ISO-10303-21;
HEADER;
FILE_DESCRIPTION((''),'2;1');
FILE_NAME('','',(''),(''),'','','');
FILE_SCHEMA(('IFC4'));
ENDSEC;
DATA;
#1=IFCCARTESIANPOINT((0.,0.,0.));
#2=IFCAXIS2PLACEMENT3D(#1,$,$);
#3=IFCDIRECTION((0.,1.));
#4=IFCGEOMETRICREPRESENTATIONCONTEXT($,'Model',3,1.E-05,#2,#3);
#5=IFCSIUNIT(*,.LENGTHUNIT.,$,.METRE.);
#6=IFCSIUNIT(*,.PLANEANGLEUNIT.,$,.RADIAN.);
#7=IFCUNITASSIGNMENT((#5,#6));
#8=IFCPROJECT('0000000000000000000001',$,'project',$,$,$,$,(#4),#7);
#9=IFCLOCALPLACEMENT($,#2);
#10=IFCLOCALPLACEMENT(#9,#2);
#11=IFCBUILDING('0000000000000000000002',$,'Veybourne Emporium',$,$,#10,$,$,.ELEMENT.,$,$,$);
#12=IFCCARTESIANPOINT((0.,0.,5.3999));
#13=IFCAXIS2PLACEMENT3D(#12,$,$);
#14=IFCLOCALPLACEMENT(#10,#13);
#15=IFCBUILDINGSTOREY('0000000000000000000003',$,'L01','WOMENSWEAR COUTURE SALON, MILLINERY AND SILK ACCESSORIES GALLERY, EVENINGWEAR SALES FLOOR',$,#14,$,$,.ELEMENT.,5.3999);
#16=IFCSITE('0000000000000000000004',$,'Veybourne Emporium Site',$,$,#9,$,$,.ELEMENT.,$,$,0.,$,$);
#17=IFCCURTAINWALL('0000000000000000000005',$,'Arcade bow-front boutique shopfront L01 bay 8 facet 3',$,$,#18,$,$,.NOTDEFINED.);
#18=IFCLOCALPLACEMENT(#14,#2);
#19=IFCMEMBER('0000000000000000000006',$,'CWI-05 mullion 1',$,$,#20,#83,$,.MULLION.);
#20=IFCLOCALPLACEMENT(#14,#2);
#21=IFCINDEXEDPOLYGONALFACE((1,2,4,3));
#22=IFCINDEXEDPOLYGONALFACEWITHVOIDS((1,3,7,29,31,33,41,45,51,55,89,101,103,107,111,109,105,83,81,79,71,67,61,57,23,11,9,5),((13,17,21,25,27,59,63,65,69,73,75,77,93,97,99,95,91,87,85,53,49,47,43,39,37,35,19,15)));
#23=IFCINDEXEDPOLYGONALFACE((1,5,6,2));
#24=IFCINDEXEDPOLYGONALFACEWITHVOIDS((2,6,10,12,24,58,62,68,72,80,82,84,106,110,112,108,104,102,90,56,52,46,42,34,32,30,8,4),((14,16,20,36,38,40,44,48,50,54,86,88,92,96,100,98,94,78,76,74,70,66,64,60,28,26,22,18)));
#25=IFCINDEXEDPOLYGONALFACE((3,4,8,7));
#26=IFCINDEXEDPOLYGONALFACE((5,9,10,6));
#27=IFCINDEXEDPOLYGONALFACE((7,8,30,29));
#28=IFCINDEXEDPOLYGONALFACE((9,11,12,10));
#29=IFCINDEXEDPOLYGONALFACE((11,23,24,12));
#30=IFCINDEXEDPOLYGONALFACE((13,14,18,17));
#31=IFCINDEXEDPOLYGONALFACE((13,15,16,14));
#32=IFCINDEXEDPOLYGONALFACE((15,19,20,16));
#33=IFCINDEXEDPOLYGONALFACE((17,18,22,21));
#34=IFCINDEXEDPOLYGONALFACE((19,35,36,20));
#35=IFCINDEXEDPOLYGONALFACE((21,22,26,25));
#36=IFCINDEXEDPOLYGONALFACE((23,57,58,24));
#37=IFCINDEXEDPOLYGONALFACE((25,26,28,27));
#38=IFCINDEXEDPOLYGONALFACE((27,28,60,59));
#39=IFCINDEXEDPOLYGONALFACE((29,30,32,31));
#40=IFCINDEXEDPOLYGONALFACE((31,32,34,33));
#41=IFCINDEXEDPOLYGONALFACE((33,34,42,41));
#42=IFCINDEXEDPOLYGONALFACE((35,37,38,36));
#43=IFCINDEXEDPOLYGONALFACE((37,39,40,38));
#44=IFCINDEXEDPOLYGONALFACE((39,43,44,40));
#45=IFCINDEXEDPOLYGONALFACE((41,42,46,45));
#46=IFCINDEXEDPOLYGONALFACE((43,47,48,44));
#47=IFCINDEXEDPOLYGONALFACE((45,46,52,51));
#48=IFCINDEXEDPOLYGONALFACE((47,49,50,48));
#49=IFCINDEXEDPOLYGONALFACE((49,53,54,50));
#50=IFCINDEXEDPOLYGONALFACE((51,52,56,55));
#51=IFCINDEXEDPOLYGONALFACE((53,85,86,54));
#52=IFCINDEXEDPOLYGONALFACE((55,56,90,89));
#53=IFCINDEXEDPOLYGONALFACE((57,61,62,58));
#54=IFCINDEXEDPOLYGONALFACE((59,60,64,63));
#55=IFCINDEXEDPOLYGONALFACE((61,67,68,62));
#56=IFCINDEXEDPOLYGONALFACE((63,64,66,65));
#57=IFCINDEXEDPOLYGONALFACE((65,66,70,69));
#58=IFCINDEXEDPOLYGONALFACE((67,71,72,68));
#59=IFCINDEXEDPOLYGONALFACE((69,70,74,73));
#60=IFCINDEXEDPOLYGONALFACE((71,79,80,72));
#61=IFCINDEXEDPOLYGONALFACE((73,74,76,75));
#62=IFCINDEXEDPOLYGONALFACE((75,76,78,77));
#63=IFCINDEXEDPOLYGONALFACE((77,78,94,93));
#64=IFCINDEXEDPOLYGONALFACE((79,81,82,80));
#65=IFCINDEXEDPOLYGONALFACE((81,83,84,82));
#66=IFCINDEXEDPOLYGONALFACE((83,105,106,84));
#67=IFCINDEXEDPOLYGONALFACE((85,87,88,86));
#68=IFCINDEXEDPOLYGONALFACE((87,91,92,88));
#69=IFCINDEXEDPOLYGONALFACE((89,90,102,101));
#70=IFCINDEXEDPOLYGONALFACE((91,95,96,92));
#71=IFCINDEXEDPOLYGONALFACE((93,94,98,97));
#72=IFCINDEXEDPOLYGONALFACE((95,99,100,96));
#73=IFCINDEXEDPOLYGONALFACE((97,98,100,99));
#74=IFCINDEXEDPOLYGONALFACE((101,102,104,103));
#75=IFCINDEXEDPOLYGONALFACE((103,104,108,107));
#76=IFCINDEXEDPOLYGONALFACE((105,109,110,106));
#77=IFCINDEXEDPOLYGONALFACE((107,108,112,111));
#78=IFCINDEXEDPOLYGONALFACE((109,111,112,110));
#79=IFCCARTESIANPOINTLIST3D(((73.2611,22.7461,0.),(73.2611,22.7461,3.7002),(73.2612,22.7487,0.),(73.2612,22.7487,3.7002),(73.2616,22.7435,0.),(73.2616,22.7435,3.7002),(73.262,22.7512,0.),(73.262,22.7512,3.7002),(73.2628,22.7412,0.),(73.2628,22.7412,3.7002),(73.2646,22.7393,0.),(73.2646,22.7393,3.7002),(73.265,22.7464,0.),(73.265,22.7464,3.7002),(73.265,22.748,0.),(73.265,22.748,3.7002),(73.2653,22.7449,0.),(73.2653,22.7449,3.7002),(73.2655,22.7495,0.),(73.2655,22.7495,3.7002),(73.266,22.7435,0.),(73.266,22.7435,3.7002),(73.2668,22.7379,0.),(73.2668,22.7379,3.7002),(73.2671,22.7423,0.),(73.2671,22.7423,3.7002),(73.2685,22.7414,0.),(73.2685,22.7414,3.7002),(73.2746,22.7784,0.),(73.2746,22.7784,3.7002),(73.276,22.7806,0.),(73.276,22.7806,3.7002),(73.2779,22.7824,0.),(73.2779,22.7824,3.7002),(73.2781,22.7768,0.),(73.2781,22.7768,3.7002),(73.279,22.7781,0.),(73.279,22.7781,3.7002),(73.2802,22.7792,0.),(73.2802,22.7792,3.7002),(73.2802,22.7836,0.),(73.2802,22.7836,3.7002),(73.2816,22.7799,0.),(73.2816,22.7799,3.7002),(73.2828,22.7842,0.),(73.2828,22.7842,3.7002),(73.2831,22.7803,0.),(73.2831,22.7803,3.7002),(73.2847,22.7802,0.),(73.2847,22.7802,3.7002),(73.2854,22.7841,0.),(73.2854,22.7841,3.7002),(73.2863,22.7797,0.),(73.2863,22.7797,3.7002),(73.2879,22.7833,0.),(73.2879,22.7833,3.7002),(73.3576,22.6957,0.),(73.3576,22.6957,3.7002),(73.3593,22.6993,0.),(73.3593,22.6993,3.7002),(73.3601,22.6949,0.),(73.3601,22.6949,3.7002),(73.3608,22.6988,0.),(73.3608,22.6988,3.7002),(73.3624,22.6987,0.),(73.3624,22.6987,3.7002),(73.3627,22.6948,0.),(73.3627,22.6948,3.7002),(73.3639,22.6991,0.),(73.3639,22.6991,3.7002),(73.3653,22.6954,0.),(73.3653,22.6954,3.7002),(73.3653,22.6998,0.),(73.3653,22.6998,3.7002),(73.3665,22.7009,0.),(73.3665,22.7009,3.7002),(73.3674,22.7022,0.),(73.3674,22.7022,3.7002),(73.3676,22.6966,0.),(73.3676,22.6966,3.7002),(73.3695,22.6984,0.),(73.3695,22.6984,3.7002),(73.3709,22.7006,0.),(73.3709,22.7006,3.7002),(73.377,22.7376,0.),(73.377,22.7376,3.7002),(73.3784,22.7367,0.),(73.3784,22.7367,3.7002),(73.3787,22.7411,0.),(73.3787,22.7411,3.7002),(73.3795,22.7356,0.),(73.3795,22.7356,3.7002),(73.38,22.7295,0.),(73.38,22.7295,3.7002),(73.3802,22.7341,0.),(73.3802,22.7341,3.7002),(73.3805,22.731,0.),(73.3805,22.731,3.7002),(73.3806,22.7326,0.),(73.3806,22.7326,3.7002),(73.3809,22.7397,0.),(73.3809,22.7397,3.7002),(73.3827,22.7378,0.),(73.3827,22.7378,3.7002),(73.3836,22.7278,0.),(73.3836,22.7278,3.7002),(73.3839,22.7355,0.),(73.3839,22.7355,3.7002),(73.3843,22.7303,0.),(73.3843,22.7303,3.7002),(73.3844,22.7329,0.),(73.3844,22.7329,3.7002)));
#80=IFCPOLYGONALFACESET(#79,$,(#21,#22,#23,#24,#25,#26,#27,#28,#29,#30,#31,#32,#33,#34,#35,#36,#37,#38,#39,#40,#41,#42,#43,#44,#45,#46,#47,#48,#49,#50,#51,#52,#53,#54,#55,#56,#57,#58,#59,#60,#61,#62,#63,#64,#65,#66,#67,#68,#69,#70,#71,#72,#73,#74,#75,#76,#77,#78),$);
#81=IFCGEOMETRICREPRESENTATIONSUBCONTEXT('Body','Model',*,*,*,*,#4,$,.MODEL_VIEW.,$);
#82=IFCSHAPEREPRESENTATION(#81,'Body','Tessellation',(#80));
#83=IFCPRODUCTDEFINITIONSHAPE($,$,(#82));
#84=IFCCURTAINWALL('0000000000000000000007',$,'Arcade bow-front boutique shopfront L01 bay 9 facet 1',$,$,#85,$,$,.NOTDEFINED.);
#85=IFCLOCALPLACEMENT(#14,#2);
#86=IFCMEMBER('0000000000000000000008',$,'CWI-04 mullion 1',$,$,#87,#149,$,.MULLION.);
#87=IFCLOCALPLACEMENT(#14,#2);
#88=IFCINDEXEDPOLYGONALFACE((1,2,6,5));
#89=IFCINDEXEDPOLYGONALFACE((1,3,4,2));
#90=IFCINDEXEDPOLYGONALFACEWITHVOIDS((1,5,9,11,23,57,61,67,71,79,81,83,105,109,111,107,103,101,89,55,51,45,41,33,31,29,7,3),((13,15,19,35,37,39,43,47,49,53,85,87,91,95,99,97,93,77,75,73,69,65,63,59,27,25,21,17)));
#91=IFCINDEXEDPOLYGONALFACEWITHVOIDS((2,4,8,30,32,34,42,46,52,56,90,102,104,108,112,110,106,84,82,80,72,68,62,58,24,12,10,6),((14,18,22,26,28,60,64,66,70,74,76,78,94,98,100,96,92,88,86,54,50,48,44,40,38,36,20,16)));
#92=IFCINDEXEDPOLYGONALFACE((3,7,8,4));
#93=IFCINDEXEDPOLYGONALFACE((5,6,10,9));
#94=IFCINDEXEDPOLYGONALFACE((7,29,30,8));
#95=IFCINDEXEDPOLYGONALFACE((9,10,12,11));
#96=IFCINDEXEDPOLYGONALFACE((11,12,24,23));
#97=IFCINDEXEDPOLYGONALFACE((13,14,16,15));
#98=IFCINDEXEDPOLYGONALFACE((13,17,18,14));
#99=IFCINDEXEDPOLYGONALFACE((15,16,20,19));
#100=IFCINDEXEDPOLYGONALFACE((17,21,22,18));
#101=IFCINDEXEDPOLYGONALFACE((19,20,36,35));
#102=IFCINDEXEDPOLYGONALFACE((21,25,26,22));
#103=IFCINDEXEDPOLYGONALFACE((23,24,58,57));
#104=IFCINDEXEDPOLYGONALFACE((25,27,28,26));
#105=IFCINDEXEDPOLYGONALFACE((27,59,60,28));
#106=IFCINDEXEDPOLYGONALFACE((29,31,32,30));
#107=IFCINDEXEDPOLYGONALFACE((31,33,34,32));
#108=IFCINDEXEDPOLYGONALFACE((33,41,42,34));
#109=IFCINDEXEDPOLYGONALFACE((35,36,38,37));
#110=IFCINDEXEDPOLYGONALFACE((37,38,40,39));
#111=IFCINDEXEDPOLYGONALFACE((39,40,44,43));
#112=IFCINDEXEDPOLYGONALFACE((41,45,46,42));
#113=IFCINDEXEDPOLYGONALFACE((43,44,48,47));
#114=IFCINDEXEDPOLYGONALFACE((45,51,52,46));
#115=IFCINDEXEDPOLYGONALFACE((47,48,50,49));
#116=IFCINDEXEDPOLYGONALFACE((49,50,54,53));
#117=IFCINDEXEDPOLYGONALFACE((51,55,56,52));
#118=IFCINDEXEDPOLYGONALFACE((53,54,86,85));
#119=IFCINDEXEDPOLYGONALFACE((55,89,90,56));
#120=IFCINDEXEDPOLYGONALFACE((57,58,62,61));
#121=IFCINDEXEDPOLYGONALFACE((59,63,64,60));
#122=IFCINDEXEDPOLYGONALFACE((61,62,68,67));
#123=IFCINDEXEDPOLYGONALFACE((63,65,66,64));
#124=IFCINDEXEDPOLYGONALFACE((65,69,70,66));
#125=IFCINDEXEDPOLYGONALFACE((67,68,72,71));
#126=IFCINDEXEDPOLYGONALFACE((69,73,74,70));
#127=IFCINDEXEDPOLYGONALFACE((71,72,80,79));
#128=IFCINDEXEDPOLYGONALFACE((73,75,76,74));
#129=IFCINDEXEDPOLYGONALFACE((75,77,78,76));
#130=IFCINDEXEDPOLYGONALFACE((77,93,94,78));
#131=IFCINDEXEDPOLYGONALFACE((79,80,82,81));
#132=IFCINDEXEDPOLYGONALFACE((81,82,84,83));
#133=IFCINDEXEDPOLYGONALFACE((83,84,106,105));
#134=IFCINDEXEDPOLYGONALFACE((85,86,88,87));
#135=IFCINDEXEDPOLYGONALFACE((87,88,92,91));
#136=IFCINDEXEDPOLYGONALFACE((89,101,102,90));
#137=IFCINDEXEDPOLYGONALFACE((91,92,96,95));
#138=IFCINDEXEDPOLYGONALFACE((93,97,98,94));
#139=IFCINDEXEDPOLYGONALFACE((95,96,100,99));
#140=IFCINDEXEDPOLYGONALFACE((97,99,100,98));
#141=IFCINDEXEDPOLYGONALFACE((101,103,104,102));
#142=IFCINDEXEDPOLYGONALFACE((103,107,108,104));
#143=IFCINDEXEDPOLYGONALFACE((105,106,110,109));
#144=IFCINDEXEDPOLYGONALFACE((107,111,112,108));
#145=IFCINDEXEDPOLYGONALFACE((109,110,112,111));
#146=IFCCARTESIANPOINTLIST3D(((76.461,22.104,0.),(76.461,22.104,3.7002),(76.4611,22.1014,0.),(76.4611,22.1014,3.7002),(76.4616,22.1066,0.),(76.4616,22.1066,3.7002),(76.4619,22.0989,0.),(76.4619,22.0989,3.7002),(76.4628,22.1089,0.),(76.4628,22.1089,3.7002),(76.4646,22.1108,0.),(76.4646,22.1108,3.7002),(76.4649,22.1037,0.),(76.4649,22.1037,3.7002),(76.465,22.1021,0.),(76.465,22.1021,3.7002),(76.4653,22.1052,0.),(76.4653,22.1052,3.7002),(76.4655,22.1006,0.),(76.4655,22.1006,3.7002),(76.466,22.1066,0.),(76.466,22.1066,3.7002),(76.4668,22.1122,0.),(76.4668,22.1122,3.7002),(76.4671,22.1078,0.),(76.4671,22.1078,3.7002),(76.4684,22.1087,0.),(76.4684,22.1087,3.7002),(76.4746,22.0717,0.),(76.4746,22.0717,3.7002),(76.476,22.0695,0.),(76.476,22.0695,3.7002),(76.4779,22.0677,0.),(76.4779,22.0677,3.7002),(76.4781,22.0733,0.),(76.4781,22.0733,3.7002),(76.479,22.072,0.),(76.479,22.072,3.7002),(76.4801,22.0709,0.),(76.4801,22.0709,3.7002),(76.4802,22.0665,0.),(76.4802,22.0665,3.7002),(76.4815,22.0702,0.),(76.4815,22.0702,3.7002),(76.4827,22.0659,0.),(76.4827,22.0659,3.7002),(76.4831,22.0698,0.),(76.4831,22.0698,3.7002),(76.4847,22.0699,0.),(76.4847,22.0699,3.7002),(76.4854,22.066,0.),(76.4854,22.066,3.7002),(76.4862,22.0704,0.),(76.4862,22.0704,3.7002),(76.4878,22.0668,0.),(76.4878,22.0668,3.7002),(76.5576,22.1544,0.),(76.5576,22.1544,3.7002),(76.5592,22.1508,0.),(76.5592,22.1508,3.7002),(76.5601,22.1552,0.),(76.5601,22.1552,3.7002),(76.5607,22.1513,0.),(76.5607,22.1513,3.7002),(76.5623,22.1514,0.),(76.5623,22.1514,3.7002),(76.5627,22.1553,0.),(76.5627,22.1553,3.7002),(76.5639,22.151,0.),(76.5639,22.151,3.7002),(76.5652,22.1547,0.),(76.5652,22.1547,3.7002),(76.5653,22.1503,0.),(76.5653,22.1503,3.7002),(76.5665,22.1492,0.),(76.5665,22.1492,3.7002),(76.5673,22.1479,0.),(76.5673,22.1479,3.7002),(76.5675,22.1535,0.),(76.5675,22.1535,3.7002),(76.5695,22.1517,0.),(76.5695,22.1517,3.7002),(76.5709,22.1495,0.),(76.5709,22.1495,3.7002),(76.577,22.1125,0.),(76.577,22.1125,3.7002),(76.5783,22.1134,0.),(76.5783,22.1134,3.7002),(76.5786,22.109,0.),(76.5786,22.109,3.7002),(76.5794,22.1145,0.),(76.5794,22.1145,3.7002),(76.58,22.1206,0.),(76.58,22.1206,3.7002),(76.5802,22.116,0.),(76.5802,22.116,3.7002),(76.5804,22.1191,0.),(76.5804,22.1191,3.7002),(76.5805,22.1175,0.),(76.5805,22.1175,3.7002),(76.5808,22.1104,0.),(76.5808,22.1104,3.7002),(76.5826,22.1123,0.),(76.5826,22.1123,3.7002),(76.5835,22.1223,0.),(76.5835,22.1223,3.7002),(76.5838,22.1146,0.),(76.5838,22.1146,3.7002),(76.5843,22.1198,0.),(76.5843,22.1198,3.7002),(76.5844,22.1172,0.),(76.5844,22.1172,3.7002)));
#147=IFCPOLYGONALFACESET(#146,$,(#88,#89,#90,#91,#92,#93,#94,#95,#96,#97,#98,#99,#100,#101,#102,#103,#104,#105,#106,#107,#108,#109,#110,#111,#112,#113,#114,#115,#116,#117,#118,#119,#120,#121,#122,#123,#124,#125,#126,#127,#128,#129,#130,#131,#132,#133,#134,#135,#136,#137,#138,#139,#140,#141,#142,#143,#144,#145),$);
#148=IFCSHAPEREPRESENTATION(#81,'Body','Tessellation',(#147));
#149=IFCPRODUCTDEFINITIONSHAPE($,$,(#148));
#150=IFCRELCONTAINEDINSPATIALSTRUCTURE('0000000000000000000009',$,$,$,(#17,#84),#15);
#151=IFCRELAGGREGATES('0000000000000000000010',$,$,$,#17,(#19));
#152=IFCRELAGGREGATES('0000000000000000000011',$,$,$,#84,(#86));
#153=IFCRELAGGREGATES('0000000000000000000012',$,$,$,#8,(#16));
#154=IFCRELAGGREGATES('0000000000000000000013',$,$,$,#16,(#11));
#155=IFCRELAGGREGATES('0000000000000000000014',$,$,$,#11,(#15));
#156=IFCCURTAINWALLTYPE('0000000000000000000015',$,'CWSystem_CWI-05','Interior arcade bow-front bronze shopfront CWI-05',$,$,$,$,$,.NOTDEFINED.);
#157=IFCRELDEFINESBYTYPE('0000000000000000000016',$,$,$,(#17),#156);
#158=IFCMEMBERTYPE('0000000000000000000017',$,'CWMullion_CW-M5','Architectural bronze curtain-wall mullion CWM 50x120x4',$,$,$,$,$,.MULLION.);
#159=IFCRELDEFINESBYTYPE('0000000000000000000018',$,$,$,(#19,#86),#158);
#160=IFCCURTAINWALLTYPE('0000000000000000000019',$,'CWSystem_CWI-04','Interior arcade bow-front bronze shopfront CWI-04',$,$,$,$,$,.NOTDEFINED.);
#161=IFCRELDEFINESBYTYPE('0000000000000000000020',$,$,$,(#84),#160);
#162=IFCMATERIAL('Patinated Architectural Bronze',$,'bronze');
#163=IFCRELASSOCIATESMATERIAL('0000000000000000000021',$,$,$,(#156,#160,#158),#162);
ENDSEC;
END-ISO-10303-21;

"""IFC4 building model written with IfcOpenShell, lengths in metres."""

from ifc_helpers import new_model, si_unit, direction, frame, origin, origin_2d, place, context, subcontext, project, spatial, hollow_rectangle, extrude, material, material_profile, profile_set, type_object, element, aggregate, save


model = new_model("IFC4")

# Units and contexts
model_context = context("Model", 3, precision=1e-05, world=origin(), true_north=direction((0.0, 1.0)))
body_context = subcontext(model_context, "Body", "Model", "MODEL_VIEW")
ifc_project = project(units=[si_unit("LENGTHUNIT", "METRE"), si_unit("PLANEANGLEUNIT", "RADIAN")], contexts=[model_context])

# Site, building, storey
site_placement = place(None, origin())
site = spatial("IfcSite", under=ifc_project, at=site_placement, Name="Veybourne Emporium Site", CompositionType="ELEMENT", RefElevation=0.0)
building_placement = place(site_placement, origin())
building = spatial("IfcBuilding", under=site, at=building_placement, Name="Veybourne Emporium", CompositionType="ELEMENT")
storey_placement = place(building_placement, frame((0.0, 0.0, 5.3999)))
storey = spatial("IfcBuildingStorey", under=building, at=storey_placement, Name="L01", Description="WOMENSWEAR COUTURE SALON, MILLINERY AND SILK ACCESSORIES GALLERY, EVENINGWEAR SALES FLOOR", CompositionType="ELEMENT", Elevation=5.3999)

# Curtain wall, member
ifc_material_1 = material(Name="Patinated Architectural Bronze", Category="bronze")
curtain_wall_type_1 = type_object("IfcCurtainWallType", Name="CWSystem_CWI-05", Description="Interior arcade bow-front bronze shopfront CWI-05", PredefinedType="NOTDEFINED", material=ifc_material_1)
curtain_wall_1_placement = place(storey_placement, origin())
curtain_wall_1 = element("IfcCurtainWall", 1, at=curtain_wall_1_placement, inside=storey, type_object=curtain_wall_type_1, Name="Arcade bow-front boutique shopfront L01 bay 8 facet 3", PredefinedType="NOTDEFINED")
ifc_material_profile_1 = material_profile(ifc_material_1, hollow_rectangle(XDim=0.05, YDim=0.1201, WallThickness=0.0039, InnerFilletRadius=0.0061, OuterFilletRadius=0.01, at=origin_2d()), Name="CWM 50x120x4")
ifc_profile_set_1 = profile_set([ifc_material_profile_1], Name="Patinated Architectural Bronze")
member_type_1 = type_object("IfcMemberType", Name="CWMullion_CW-M5", Description="Architectural bronze curtain-wall mullion CWM 50x120x4", PredefinedType="MULLION", material=ifc_profile_set_1)
member_1_placement = place(storey_placement, frame((73.3228, 22.7395, 0.0), z_axis=(0.0, 0.0, 1.0), x_axis=(0.421111, 0.907009, 0.0)))
member_1 = element("IfcMember", 2, at=member_1_placement, type_object=member_type_1, Name="CWI-05 mullion 1", PredefinedType="MULLION", context=body_context, shape_type="SweptSolid", body=[
    extrude(hollow_rectangle(XDim=0.05, YDim=0.1201, WallThickness=0.0039, InnerFilletRadius=0.0061, OuterFilletRadius=0.01, at=origin_2d()), origin(), (0.0, 0.0, 1.0), 3.7002),
])

# Curtain wall, member
curtain_wall_type_2 = type_object("IfcCurtainWallType", Name="CWSystem_CWI-04", Description="Interior arcade bow-front bronze shopfront CWI-04", PredefinedType="NOTDEFINED", material=ifc_material_1)
curtain_wall_2_placement = place(storey_placement, origin())
curtain_wall_2 = element("IfcCurtainWall", 3, at=curtain_wall_2_placement, inside=storey, type_object=curtain_wall_type_2, Name="Arcade bow-front boutique shopfront L01 bay 9 facet 1", PredefinedType="NOTDEFINED")
member_2_placement = place(storey_placement, frame((76.5227, 22.1106, 0.0), z_axis=(0.0, 0.0, 1.0), x_axis=(-0.421111, 0.907009, 0.0)))
member_2 = element("IfcMember", 4, at=member_2_placement, type_object=member_type_1, Name="CWI-04 mullion 1", PredefinedType="MULLION", context=body_context, shape_type="SweptSolid", body=[
    extrude(hollow_rectangle(XDim=0.05, YDim=0.1201, WallThickness=0.0039, InnerFilletRadius=0.0061, OuterFilletRadius=0.01, at=origin_2d()), origin(), (0.0, 0.0, 1.0), 3.7002),
])

aggregate(curtain_wall_1, [member_1])
aggregate(curtain_wall_2, [member_2])

save(model, "model.ifc")
